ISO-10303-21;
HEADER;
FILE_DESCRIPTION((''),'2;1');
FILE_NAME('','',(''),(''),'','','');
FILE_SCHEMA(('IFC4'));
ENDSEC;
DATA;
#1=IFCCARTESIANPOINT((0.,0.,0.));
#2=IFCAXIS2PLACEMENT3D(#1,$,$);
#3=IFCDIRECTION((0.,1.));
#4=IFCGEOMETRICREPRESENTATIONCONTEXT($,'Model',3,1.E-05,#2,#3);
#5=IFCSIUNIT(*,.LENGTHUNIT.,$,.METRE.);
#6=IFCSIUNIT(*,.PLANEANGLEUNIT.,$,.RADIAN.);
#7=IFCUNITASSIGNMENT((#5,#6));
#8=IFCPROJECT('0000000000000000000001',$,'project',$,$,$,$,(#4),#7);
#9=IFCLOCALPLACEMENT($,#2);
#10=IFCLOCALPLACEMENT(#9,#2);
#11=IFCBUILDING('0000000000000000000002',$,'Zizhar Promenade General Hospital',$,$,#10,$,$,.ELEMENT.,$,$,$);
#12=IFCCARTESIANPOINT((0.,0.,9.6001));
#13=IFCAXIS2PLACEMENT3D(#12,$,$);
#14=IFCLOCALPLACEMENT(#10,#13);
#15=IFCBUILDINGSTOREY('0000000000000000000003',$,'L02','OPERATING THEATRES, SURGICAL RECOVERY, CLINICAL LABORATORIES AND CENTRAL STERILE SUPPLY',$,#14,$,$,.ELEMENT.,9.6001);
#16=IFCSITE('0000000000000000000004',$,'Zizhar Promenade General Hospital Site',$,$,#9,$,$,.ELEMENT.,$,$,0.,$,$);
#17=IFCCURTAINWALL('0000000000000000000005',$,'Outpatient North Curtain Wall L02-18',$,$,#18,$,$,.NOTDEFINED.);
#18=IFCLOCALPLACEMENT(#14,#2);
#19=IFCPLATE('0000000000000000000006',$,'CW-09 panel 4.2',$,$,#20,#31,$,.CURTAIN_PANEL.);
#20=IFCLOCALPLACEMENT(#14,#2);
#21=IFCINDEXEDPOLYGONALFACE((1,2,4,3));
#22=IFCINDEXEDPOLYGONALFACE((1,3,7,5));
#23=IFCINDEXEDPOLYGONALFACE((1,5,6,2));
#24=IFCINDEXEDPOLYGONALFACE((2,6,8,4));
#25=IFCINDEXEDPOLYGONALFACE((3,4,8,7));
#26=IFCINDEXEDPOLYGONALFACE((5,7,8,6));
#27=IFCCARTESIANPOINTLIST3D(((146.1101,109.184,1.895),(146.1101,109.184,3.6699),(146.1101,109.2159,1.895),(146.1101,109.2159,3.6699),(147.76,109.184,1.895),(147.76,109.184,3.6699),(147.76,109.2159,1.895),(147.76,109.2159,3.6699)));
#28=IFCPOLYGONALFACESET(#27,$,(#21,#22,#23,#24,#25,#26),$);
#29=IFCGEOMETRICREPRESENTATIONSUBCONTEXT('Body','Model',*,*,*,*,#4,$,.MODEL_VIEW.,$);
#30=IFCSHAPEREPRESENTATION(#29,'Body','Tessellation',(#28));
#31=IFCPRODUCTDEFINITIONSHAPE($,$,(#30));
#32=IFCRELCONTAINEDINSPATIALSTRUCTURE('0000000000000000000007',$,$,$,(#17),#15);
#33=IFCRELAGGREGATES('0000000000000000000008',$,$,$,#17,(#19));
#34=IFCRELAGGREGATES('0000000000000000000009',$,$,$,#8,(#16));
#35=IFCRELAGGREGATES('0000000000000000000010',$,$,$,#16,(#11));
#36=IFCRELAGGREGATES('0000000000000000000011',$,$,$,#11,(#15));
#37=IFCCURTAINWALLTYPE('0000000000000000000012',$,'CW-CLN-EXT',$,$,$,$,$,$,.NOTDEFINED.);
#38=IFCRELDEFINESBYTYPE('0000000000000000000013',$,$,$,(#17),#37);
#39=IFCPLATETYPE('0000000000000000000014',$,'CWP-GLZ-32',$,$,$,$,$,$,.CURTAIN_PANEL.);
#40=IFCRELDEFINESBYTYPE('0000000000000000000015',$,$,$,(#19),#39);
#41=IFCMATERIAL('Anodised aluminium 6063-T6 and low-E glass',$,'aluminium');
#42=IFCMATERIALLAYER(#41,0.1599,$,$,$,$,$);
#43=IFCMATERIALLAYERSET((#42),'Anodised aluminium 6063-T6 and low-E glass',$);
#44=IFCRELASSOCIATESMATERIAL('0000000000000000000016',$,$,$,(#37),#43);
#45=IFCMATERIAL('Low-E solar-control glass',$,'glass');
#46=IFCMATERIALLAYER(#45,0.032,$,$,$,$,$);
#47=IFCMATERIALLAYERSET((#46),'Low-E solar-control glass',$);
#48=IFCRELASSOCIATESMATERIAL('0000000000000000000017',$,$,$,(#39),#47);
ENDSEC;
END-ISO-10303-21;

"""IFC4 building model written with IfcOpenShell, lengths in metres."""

from ifc_helpers import new_model, si_unit, direction, frame, origin, origin_2d, place, context, subcontext, project, spatial, rectangle, extrude, material, layer, layer_set, type_object, element, aggregate, save


model = new_model("IFC4")

# Units and contexts
model_context = context("Model", 3, precision=1e-05, world=origin(), true_north=direction((0.0, 1.0)))
body_context = subcontext(model_context, "Body", "Model", "MODEL_VIEW")
ifc_project = project(units=[si_unit("LENGTHUNIT", "METRE"), si_unit("PLANEANGLEUNIT", "RADIAN")], contexts=[model_context])

# Site, building, storey
site_placement = place(None, origin())
site = spatial("IfcSite", under=ifc_project, at=site_placement, Name="Zizhar Promenade General Hospital Site", CompositionType="ELEMENT", RefElevation=0.0)
building_placement = place(site_placement, origin())
building = spatial("IfcBuilding", under=site, at=building_placement, Name="Zizhar Promenade General Hospital", CompositionType="ELEMENT")
storey_placement = place(building_placement, frame((0.0, 0.0, 9.6001)))
storey = spatial("IfcBuildingStorey", under=building, at=storey_placement, Name="L02", Description="OPERATING THEATRES, SURGICAL RECOVERY, CLINICAL LABORATORIES AND CENTRAL STERILE SUPPLY", CompositionType="ELEMENT", Elevation=9.6001)

# Curtain wall, plate
ifc_material_1 = material(Name="Anodised aluminium 6063-T6 and low-E glass", Category="aluminium")
ifc_layer_1 = layer(ifc_material_1, 0.1599)
ifc_layer_set_1 = layer_set([ifc_layer_1], Name="Anodised aluminium 6063-T6 and low-E glass")
curtain_wall_type = type_object("IfcCurtainWallType", Name="CW-CLN-EXT", PredefinedType="NOTDEFINED", material=ifc_layer_set_1)
curtain_wall_placement = place(storey_placement, origin())
curtain_wall = element("IfcCurtainWall", 1, at=curtain_wall_placement, inside=storey, type_object=curtain_wall_type, Name="Outpatient North Curtain Wall L02-18", PredefinedType="NOTDEFINED")
ifc_material_2 = material(Name="Low-E solar-control glass", Category="glass")
ifc_layer_2 = layer(ifc_material_2, 0.032)
ifc_layer_set_2 = layer_set([ifc_layer_2], Name="Low-E solar-control glass")
plate_type = type_object("IfcPlateType", Name="CWP-GLZ-32", PredefinedType="CURTAIN_PANEL", material=ifc_layer_set_2)
plate_1_placement = place(storey_placement, frame((146.9351, 109.2, 1.895), z_axis=(0.0, 0.0, 1.0), x_axis=(1.0, 0.0, 0.0)))
plate_1 = element("IfcPlate", 2, at=plate_1_placement, type_object=plate_type, Name="CW-09 panel 4.2", PredefinedType="CURTAIN_PANEL", context=body_context, shape_type="SweptSolid", body=[
    extrude(rectangle(XDim=1.6499, YDim=0.032, at=origin_2d()), origin(), (0.0, 0.0, 1.0), 1.7749),
])
aggregate(curtain_wall, [plate_1])

save(model, "model.ifc")
